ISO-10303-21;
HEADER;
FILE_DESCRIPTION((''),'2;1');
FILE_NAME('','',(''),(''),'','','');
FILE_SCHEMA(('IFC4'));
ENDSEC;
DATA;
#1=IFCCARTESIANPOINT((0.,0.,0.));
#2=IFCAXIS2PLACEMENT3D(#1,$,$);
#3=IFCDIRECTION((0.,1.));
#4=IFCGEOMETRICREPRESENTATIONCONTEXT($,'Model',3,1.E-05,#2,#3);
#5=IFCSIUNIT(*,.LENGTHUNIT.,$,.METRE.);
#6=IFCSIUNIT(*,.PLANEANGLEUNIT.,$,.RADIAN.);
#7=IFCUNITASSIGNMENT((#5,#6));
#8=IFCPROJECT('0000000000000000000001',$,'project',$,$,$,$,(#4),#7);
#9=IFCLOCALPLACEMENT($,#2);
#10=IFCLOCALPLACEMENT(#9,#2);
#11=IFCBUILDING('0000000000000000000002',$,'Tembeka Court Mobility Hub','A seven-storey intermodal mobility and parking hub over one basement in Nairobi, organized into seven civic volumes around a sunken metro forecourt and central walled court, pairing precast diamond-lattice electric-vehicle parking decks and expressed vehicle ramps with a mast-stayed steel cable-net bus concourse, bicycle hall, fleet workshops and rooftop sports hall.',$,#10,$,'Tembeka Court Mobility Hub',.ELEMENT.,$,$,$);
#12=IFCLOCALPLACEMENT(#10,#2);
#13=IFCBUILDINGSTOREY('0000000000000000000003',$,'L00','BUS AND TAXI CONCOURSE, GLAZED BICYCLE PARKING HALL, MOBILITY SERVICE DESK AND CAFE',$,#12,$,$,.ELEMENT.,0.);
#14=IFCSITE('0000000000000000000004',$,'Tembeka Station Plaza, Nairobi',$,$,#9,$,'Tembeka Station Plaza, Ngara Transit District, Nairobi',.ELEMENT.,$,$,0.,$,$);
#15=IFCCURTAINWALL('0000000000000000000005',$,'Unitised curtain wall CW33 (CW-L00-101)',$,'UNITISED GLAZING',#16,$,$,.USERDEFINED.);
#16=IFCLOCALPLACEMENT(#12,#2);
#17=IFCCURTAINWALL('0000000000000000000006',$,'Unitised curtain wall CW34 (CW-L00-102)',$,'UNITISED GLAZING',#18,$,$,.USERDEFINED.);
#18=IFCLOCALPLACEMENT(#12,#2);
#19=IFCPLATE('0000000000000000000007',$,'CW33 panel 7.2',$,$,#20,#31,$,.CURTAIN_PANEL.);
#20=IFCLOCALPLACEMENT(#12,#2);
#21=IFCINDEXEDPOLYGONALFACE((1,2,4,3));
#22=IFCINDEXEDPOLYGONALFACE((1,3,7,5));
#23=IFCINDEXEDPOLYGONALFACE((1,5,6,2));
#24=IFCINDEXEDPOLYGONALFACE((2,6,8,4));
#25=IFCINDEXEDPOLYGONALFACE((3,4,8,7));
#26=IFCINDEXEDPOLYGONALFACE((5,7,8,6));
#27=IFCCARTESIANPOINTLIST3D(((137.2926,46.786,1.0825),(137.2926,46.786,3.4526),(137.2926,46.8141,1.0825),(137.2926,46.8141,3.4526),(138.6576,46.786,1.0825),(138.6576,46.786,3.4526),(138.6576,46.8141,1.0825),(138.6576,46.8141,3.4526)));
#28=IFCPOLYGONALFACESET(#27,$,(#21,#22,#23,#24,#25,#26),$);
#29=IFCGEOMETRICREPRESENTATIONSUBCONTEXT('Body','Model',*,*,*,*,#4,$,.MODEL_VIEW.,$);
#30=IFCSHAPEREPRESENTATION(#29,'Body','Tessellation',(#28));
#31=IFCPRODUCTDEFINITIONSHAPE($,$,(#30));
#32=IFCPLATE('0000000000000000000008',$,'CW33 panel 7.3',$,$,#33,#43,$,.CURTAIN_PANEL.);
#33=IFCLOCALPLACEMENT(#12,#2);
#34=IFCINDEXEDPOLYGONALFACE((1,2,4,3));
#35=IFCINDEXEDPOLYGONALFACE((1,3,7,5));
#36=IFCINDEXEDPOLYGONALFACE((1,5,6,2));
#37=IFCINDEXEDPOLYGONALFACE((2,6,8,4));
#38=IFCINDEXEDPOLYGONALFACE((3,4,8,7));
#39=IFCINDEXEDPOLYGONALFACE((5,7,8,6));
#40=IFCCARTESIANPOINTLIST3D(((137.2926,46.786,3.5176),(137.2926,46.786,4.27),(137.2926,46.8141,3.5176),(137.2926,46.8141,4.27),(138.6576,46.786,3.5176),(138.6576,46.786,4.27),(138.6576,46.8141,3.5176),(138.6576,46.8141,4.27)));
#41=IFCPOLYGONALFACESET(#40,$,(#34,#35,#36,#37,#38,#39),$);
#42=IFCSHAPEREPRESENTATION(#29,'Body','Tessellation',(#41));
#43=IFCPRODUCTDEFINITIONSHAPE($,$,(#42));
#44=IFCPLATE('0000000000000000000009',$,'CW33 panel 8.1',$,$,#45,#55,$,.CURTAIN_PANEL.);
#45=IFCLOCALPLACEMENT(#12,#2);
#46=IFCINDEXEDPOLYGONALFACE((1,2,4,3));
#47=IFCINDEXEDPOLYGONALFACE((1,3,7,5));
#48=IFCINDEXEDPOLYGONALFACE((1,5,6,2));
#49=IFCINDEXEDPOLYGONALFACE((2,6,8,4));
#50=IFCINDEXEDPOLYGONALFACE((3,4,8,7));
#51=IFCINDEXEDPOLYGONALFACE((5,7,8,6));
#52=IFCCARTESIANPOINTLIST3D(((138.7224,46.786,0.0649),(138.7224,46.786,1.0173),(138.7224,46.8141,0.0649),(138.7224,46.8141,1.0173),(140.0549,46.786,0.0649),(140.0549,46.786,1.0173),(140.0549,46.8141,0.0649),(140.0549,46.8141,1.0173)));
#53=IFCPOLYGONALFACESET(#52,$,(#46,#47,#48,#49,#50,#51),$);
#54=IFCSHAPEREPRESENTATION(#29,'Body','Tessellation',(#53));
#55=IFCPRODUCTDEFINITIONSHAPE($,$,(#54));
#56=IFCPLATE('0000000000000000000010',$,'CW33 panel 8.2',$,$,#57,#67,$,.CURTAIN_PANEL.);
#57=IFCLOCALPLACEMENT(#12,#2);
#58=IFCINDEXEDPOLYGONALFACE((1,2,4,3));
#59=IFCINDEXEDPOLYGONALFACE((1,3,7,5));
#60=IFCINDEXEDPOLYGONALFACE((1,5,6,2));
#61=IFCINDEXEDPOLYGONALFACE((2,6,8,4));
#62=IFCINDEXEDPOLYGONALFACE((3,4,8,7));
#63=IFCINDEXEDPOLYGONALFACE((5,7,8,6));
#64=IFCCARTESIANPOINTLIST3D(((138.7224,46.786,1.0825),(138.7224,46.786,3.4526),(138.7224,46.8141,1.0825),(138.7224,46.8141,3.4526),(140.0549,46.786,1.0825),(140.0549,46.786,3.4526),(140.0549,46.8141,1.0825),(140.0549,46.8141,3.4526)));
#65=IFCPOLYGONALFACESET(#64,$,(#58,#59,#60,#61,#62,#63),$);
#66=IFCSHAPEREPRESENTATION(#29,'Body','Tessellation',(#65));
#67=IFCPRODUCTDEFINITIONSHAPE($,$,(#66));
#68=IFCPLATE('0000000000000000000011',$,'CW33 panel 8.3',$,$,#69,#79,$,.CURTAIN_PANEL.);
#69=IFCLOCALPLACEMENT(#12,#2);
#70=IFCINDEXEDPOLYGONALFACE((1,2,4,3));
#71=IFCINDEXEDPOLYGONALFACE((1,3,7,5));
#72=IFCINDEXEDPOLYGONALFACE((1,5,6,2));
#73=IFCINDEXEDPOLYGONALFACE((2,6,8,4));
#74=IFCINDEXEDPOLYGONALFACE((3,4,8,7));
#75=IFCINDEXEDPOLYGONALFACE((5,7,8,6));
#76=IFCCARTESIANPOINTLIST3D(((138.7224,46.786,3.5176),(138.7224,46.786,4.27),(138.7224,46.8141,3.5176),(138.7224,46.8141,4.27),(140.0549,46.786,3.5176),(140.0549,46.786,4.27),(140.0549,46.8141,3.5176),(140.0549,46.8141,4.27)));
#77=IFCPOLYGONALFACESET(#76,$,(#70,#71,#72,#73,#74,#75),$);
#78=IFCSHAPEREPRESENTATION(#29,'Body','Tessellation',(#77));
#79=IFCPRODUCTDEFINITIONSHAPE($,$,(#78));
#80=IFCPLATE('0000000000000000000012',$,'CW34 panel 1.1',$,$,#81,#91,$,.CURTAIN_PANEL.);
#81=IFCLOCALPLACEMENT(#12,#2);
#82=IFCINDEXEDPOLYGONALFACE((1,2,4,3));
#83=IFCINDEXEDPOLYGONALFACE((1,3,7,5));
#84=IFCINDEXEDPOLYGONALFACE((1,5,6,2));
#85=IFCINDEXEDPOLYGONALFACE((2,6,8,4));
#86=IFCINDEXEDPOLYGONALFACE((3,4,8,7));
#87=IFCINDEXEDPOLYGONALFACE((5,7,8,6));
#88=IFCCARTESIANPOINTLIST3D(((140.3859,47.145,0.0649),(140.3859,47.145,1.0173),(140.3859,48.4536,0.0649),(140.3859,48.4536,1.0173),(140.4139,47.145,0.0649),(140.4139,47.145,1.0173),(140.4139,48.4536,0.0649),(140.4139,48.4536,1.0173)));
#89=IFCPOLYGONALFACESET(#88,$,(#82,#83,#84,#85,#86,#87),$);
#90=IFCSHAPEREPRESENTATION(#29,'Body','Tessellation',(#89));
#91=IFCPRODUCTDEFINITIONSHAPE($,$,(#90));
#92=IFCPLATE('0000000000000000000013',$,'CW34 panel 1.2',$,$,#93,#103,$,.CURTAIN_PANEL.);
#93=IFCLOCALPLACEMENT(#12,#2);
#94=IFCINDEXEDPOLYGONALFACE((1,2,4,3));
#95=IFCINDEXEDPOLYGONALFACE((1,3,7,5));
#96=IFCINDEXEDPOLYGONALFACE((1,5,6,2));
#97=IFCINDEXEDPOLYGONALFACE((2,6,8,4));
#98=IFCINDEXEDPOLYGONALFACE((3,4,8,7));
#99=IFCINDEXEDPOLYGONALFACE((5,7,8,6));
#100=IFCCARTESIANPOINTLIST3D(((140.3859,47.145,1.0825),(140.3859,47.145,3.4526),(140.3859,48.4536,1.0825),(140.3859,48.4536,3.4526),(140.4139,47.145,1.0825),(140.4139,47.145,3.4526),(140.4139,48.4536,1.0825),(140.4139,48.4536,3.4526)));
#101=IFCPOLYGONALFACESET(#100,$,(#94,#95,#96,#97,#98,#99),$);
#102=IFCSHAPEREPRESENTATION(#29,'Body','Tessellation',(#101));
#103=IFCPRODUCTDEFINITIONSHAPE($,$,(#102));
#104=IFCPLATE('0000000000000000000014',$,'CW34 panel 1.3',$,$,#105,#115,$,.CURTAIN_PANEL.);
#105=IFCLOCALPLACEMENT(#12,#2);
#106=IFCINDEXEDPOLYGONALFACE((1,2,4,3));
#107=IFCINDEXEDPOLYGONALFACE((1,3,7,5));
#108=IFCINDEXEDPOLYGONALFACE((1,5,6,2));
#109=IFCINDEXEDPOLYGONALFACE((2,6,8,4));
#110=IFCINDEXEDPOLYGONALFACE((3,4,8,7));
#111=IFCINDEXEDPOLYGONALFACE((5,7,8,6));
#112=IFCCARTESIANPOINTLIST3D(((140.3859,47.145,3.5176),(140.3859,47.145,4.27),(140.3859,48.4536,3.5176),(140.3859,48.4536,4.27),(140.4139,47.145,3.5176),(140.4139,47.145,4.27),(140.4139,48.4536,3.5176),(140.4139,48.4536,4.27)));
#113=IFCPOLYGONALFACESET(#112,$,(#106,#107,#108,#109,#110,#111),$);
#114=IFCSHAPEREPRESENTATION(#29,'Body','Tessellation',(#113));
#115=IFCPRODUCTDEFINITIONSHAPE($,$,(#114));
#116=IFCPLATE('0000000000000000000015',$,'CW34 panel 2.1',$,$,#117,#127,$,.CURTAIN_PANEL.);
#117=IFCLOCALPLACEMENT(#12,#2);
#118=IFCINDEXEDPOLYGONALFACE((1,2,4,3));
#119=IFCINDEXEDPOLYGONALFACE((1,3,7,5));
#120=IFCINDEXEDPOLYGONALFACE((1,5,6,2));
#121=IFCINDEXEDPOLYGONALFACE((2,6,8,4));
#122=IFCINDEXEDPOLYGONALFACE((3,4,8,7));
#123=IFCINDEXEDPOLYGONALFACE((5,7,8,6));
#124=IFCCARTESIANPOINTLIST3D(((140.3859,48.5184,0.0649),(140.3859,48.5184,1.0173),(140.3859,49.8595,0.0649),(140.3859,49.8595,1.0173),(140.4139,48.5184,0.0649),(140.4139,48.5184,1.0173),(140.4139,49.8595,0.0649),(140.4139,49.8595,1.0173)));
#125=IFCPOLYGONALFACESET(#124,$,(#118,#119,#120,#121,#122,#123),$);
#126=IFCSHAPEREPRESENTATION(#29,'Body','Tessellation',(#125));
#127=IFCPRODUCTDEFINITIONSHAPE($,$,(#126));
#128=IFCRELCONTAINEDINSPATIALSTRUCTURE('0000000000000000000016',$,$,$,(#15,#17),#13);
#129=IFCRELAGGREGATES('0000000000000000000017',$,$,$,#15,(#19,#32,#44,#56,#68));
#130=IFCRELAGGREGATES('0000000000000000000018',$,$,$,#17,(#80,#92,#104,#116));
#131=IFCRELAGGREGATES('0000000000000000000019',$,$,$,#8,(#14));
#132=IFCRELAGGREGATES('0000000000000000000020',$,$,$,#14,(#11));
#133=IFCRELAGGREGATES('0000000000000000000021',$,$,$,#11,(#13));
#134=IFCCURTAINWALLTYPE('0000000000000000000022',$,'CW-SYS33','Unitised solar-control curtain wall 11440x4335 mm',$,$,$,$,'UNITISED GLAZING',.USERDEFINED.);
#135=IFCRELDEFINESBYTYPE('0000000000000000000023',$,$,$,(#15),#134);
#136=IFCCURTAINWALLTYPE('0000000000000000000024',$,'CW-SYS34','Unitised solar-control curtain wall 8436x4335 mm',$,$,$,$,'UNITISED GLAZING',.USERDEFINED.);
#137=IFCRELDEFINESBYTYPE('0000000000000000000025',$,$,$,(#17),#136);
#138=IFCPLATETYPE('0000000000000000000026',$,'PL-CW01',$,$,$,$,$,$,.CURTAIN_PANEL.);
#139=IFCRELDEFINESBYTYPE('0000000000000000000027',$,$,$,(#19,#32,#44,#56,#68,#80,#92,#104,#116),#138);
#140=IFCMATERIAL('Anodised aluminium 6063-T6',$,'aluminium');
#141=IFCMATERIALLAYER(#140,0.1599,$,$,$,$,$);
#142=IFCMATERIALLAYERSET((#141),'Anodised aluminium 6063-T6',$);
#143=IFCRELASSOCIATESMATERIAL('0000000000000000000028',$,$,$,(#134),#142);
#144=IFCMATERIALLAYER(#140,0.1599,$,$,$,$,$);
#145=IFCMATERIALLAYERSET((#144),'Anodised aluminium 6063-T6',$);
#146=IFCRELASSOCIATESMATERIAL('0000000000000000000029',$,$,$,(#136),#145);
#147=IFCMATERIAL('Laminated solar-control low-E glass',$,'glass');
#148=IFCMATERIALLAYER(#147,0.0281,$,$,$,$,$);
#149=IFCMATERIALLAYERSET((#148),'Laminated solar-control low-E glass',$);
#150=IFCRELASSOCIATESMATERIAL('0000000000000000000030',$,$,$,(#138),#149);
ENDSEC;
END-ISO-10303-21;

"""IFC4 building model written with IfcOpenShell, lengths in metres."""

from ifc_helpers import new_model, si_unit, direction, frame, origin, origin_2d, place, context, subcontext, project, spatial, rectangle, extrude, material, layer, layer_set, type_object, element, aggregate, save


model = new_model("IFC4")

# Units and contexts
model_context = context("Model", 3, precision=1e-05, world=origin(), true_north=direction((0.0, 1.0)))
body_context = subcontext(model_context, "Body", "Model", "MODEL_VIEW")
ifc_project = project(units=[si_unit("LENGTHUNIT", "METRE"), si_unit("PLANEANGLEUNIT", "RADIAN")], contexts=[model_context])

# Site, building, storey
site_placement = place(None, origin())
site = spatial("IfcSite", under=ifc_project, at=site_placement, Name="Tembeka Station Plaza, Nairobi", LongName="Tembeka Station Plaza, Ngara Transit District, Nairobi", CompositionType="ELEMENT", RefElevation=0.0)
building_placement = place(site_placement, origin())
building = spatial("IfcBuilding", under=site, at=building_placement, Name="Tembeka Court Mobility Hub", Description="A seven-storey intermodal mobility and parking hub over one basement in Nairobi, organized into seven civic volumes around a sunken metro forecourt and central walled court, pairing precast diamond-lattice electric-vehicle parking decks and expressed vehicle ramps with a mast-stayed steel cable-net bus concourse, bicycle hall, fleet workshops and rooftop sports hall.", LongName="Tembeka Court Mobility Hub", CompositionType="ELEMENT")
storey_placement = place(building_placement, origin())
storey = spatial("IfcBuildingStorey", under=building, at=storey_placement, Name="L00", Description="BUS AND TAXI CONCOURSE, GLAZED BICYCLE PARKING HALL, MOBILITY SERVICE DESK AND CAFE", CompositionType="ELEMENT", Elevation=0.0)

# Curtain walls
ifc_material_1 = material(Name="Anodised aluminium 6063-T6", Category="aluminium")
ifc_layer_1 = layer(ifc_material_1, 0.1599)
ifc_layer_set_1 = layer_set([ifc_layer_1], Name="Anodised aluminium 6063-T6")
curtain_wall_type_1 = type_object("IfcCurtainWallType", Name="CW-SYS33", Description="Unitised solar-control curtain wall 11440x4335 mm", ElementType="UNITISED GLAZING", PredefinedType="USERDEFINED", material=ifc_layer_set_1)
curtain_wall_1_placement = place(storey_placement, origin())
curtain_wall_1 = element("IfcCurtainWall", 1, at=curtain_wall_1_placement, inside=storey, type_object=curtain_wall_type_1, Name="Unitised curtain wall CW33 (CW-L00-101)", ObjectType="UNITISED GLAZING", PredefinedType="USERDEFINED")
ifc_layer_2 = layer(ifc_material_1, 0.1599)
ifc_layer_set_2 = layer_set([ifc_layer_2], Name="Anodised aluminium 6063-T6")
curtain_wall_type_2 = type_object("IfcCurtainWallType", Name="CW-SYS34", Description="Unitised solar-control curtain wall 8436x4335 mm", ElementType="UNITISED GLAZING", PredefinedType="USERDEFINED", material=ifc_layer_set_2)
curtain_wall_2_placement = place(storey_placement, origin())
curtain_wall_2 = element("IfcCurtainWall", 2, at=curtain_wall_2_placement, inside=storey, type_object=curtain_wall_type_2, Name="Unitised curtain wall CW34 (CW-L00-102)", ObjectType="UNITISED GLAZING", PredefinedType="USERDEFINED")

# Plates
ifc_material_2 = material(Name="Laminated solar-control low-E glass", Category="glass")
ifc_layer_3 = layer(ifc_material_2, 0.0281)
ifc_layer_set_3 = layer_set([ifc_layer_3], Name="Laminated solar-control low-E glass")
plate_type = type_object("IfcPlateType", Name="PL-CW01", PredefinedType="CURTAIN_PANEL", material=ifc_layer_set_3)
plate_1_placement = place(storey_placement, frame((137.9751, 46.8, 1.0825), z_axis=(0.0, 0.0, 1.0), x_axis=(1.0, 0.0, 0.0)))
plate_1 = element("IfcPlate", 3, at=plate_1_placement, type_object=plate_type, Name="CW33 panel 7.2", PredefinedType="CURTAIN_PANEL", context=body_context, shape_type="SweptSolid", body=[
    extrude(rectangle(XDim=1.365, YDim=0.0281, at=origin_2d()), origin(), (0.0, 0.0, 1.0), 2.3701),
])
plate_2_placement = place(storey_placement, frame((137.9751, 46.8, 3.5176), z_axis=(0.0, 0.0, 1.0), x_axis=(1.0, 0.0, 0.0)))
plate_2 = element("IfcPlate", 4, at=plate_2_placement, type_object=plate_type, Name="CW33 panel 7.3", PredefinedType="CURTAIN_PANEL", context=body_context, shape_type="SweptSolid", body=[
    extrude(rectangle(XDim=1.365, YDim=0.0281, at=origin_2d()), origin(), (0.0, 0.0, 1.0), 0.7524),
])
plate_3_placement = place(storey_placement, frame((139.3887, 46.8, 0.0649), z_axis=(0.0, 0.0, 1.0), x_axis=(1.0, 0.0, 0.0)))
plate_3 = element("IfcPlate", 5, at=plate_3_placement, type_object=plate_type, Name="CW33 panel 8.1", PredefinedType="CURTAIN_PANEL", context=body_context, shape_type="SweptSolid", body=[
    extrude(rectangle(XDim=1.3325, YDim=0.0281, at=origin_2d()), origin(), (0.0, 0.0, 1.0), 0.9524),
])
plate_4_placement = place(storey_placement, frame((139.3887, 46.8, 1.0825), z_axis=(0.0, 0.0, 1.0), x_axis=(1.0, 0.0, 0.0)))
plate_4 = element("IfcPlate", 6, at=plate_4_placement, type_object=plate_type, Name="CW33 panel 8.2", PredefinedType="CURTAIN_PANEL", context=body_context, shape_type="SweptSolid", body=[
    extrude(rectangle(XDim=1.3325, YDim=0.0281, at=origin_2d()), origin(), (0.0, 0.0, 1.0), 2.3701),
])
plate_5_placement = place(storey_placement, frame((139.3887, 46.8, 3.5176), z_axis=(0.0, 0.0, 1.0), x_axis=(1.0, 0.0, 0.0)))
plate_5 = element("IfcPlate", 7, at=plate_5_placement, type_object=plate_type, Name="CW33 panel 8.3", PredefinedType="CURTAIN_PANEL", context=body_context, shape_type="SweptSolid", body=[
    extrude(rectangle(XDim=1.3325, YDim=0.0281, at=origin_2d()), origin(), (0.0, 0.0, 1.0), 0.7524),
])
aggregate(curtain_wall_1, [plate_1, plate_2, plate_3, plate_4, plate_5])
plate_6_placement = place(storey_placement, frame((140.3999, 47.7993, 0.0649), z_axis=(0.0, 0.0, 1.0), x_axis=(0.0, 1.0, 0.0)))
plate_6 = element("IfcPlate", 8, at=plate_6_placement, type_object=plate_type, Name="CW34 panel 1.1", PredefinedType="CURTAIN_PANEL", context=body_context, shape_type="SweptSolid", body=[
    extrude(rectangle(XDim=1.3086, YDim=0.0281, at=origin_2d()), origin(), (0.0, 0.0, 1.0), 0.9524),
])
plate_7_placement = place(storey_placement, frame((140.3999, 47.7993, 1.0825), z_axis=(0.0, 0.0, 1.0), x_axis=(0.0, 1.0, 0.0)))
plate_7 = element("IfcPlate", 9, at=plate_7_placement, type_object=plate_type, Name="CW34 panel 1.2", PredefinedType="CURTAIN_PANEL", context=body_context, shape_type="SweptSolid", body=[
    extrude(rectangle(XDim=1.3086, YDim=0.0281, at=origin_2d()), origin(), (0.0, 0.0, 1.0), 2.3701),
])
plate_8_placement = place(storey_placement, frame((140.3999, 47.7993, 3.5176), z_axis=(0.0, 0.0, 1.0), x_axis=(0.0, 1.0, 0.0)))
plate_8 = element("IfcPlate", 10, at=plate_8_placement, type_object=plate_type, Name="CW34 panel 1.3", PredefinedType="CURTAIN_PANEL", context=body_context, shape_type="SweptSolid", body=[
    extrude(rectangle(XDim=1.3086, YDim=0.0281, at=origin_2d()), origin(), (0.0, 0.0, 1.0), 0.7524),
])
plate_9_placement = place(storey_placement, frame((140.3999, 49.189, 0.0649), z_axis=(0.0, 0.0, 1.0), x_axis=(0.0, 1.0, 0.0)))
plate_9 = element("IfcPlate", 11, at=plate_9_placement, type_object=plate_type, Name="CW34 panel 2.1", PredefinedType="CURTAIN_PANEL", context=body_context, shape_type="SweptSolid", body=[
    extrude(rectangle(XDim=1.3411, YDim=0.0281, at=origin_2d()), origin(), (0.0, 0.0, 1.0), 0.9524),
])
aggregate(curtain_wall_2, [plate_6, plate_7, plate_8, plate_9])

save(model, "model.ifc")
